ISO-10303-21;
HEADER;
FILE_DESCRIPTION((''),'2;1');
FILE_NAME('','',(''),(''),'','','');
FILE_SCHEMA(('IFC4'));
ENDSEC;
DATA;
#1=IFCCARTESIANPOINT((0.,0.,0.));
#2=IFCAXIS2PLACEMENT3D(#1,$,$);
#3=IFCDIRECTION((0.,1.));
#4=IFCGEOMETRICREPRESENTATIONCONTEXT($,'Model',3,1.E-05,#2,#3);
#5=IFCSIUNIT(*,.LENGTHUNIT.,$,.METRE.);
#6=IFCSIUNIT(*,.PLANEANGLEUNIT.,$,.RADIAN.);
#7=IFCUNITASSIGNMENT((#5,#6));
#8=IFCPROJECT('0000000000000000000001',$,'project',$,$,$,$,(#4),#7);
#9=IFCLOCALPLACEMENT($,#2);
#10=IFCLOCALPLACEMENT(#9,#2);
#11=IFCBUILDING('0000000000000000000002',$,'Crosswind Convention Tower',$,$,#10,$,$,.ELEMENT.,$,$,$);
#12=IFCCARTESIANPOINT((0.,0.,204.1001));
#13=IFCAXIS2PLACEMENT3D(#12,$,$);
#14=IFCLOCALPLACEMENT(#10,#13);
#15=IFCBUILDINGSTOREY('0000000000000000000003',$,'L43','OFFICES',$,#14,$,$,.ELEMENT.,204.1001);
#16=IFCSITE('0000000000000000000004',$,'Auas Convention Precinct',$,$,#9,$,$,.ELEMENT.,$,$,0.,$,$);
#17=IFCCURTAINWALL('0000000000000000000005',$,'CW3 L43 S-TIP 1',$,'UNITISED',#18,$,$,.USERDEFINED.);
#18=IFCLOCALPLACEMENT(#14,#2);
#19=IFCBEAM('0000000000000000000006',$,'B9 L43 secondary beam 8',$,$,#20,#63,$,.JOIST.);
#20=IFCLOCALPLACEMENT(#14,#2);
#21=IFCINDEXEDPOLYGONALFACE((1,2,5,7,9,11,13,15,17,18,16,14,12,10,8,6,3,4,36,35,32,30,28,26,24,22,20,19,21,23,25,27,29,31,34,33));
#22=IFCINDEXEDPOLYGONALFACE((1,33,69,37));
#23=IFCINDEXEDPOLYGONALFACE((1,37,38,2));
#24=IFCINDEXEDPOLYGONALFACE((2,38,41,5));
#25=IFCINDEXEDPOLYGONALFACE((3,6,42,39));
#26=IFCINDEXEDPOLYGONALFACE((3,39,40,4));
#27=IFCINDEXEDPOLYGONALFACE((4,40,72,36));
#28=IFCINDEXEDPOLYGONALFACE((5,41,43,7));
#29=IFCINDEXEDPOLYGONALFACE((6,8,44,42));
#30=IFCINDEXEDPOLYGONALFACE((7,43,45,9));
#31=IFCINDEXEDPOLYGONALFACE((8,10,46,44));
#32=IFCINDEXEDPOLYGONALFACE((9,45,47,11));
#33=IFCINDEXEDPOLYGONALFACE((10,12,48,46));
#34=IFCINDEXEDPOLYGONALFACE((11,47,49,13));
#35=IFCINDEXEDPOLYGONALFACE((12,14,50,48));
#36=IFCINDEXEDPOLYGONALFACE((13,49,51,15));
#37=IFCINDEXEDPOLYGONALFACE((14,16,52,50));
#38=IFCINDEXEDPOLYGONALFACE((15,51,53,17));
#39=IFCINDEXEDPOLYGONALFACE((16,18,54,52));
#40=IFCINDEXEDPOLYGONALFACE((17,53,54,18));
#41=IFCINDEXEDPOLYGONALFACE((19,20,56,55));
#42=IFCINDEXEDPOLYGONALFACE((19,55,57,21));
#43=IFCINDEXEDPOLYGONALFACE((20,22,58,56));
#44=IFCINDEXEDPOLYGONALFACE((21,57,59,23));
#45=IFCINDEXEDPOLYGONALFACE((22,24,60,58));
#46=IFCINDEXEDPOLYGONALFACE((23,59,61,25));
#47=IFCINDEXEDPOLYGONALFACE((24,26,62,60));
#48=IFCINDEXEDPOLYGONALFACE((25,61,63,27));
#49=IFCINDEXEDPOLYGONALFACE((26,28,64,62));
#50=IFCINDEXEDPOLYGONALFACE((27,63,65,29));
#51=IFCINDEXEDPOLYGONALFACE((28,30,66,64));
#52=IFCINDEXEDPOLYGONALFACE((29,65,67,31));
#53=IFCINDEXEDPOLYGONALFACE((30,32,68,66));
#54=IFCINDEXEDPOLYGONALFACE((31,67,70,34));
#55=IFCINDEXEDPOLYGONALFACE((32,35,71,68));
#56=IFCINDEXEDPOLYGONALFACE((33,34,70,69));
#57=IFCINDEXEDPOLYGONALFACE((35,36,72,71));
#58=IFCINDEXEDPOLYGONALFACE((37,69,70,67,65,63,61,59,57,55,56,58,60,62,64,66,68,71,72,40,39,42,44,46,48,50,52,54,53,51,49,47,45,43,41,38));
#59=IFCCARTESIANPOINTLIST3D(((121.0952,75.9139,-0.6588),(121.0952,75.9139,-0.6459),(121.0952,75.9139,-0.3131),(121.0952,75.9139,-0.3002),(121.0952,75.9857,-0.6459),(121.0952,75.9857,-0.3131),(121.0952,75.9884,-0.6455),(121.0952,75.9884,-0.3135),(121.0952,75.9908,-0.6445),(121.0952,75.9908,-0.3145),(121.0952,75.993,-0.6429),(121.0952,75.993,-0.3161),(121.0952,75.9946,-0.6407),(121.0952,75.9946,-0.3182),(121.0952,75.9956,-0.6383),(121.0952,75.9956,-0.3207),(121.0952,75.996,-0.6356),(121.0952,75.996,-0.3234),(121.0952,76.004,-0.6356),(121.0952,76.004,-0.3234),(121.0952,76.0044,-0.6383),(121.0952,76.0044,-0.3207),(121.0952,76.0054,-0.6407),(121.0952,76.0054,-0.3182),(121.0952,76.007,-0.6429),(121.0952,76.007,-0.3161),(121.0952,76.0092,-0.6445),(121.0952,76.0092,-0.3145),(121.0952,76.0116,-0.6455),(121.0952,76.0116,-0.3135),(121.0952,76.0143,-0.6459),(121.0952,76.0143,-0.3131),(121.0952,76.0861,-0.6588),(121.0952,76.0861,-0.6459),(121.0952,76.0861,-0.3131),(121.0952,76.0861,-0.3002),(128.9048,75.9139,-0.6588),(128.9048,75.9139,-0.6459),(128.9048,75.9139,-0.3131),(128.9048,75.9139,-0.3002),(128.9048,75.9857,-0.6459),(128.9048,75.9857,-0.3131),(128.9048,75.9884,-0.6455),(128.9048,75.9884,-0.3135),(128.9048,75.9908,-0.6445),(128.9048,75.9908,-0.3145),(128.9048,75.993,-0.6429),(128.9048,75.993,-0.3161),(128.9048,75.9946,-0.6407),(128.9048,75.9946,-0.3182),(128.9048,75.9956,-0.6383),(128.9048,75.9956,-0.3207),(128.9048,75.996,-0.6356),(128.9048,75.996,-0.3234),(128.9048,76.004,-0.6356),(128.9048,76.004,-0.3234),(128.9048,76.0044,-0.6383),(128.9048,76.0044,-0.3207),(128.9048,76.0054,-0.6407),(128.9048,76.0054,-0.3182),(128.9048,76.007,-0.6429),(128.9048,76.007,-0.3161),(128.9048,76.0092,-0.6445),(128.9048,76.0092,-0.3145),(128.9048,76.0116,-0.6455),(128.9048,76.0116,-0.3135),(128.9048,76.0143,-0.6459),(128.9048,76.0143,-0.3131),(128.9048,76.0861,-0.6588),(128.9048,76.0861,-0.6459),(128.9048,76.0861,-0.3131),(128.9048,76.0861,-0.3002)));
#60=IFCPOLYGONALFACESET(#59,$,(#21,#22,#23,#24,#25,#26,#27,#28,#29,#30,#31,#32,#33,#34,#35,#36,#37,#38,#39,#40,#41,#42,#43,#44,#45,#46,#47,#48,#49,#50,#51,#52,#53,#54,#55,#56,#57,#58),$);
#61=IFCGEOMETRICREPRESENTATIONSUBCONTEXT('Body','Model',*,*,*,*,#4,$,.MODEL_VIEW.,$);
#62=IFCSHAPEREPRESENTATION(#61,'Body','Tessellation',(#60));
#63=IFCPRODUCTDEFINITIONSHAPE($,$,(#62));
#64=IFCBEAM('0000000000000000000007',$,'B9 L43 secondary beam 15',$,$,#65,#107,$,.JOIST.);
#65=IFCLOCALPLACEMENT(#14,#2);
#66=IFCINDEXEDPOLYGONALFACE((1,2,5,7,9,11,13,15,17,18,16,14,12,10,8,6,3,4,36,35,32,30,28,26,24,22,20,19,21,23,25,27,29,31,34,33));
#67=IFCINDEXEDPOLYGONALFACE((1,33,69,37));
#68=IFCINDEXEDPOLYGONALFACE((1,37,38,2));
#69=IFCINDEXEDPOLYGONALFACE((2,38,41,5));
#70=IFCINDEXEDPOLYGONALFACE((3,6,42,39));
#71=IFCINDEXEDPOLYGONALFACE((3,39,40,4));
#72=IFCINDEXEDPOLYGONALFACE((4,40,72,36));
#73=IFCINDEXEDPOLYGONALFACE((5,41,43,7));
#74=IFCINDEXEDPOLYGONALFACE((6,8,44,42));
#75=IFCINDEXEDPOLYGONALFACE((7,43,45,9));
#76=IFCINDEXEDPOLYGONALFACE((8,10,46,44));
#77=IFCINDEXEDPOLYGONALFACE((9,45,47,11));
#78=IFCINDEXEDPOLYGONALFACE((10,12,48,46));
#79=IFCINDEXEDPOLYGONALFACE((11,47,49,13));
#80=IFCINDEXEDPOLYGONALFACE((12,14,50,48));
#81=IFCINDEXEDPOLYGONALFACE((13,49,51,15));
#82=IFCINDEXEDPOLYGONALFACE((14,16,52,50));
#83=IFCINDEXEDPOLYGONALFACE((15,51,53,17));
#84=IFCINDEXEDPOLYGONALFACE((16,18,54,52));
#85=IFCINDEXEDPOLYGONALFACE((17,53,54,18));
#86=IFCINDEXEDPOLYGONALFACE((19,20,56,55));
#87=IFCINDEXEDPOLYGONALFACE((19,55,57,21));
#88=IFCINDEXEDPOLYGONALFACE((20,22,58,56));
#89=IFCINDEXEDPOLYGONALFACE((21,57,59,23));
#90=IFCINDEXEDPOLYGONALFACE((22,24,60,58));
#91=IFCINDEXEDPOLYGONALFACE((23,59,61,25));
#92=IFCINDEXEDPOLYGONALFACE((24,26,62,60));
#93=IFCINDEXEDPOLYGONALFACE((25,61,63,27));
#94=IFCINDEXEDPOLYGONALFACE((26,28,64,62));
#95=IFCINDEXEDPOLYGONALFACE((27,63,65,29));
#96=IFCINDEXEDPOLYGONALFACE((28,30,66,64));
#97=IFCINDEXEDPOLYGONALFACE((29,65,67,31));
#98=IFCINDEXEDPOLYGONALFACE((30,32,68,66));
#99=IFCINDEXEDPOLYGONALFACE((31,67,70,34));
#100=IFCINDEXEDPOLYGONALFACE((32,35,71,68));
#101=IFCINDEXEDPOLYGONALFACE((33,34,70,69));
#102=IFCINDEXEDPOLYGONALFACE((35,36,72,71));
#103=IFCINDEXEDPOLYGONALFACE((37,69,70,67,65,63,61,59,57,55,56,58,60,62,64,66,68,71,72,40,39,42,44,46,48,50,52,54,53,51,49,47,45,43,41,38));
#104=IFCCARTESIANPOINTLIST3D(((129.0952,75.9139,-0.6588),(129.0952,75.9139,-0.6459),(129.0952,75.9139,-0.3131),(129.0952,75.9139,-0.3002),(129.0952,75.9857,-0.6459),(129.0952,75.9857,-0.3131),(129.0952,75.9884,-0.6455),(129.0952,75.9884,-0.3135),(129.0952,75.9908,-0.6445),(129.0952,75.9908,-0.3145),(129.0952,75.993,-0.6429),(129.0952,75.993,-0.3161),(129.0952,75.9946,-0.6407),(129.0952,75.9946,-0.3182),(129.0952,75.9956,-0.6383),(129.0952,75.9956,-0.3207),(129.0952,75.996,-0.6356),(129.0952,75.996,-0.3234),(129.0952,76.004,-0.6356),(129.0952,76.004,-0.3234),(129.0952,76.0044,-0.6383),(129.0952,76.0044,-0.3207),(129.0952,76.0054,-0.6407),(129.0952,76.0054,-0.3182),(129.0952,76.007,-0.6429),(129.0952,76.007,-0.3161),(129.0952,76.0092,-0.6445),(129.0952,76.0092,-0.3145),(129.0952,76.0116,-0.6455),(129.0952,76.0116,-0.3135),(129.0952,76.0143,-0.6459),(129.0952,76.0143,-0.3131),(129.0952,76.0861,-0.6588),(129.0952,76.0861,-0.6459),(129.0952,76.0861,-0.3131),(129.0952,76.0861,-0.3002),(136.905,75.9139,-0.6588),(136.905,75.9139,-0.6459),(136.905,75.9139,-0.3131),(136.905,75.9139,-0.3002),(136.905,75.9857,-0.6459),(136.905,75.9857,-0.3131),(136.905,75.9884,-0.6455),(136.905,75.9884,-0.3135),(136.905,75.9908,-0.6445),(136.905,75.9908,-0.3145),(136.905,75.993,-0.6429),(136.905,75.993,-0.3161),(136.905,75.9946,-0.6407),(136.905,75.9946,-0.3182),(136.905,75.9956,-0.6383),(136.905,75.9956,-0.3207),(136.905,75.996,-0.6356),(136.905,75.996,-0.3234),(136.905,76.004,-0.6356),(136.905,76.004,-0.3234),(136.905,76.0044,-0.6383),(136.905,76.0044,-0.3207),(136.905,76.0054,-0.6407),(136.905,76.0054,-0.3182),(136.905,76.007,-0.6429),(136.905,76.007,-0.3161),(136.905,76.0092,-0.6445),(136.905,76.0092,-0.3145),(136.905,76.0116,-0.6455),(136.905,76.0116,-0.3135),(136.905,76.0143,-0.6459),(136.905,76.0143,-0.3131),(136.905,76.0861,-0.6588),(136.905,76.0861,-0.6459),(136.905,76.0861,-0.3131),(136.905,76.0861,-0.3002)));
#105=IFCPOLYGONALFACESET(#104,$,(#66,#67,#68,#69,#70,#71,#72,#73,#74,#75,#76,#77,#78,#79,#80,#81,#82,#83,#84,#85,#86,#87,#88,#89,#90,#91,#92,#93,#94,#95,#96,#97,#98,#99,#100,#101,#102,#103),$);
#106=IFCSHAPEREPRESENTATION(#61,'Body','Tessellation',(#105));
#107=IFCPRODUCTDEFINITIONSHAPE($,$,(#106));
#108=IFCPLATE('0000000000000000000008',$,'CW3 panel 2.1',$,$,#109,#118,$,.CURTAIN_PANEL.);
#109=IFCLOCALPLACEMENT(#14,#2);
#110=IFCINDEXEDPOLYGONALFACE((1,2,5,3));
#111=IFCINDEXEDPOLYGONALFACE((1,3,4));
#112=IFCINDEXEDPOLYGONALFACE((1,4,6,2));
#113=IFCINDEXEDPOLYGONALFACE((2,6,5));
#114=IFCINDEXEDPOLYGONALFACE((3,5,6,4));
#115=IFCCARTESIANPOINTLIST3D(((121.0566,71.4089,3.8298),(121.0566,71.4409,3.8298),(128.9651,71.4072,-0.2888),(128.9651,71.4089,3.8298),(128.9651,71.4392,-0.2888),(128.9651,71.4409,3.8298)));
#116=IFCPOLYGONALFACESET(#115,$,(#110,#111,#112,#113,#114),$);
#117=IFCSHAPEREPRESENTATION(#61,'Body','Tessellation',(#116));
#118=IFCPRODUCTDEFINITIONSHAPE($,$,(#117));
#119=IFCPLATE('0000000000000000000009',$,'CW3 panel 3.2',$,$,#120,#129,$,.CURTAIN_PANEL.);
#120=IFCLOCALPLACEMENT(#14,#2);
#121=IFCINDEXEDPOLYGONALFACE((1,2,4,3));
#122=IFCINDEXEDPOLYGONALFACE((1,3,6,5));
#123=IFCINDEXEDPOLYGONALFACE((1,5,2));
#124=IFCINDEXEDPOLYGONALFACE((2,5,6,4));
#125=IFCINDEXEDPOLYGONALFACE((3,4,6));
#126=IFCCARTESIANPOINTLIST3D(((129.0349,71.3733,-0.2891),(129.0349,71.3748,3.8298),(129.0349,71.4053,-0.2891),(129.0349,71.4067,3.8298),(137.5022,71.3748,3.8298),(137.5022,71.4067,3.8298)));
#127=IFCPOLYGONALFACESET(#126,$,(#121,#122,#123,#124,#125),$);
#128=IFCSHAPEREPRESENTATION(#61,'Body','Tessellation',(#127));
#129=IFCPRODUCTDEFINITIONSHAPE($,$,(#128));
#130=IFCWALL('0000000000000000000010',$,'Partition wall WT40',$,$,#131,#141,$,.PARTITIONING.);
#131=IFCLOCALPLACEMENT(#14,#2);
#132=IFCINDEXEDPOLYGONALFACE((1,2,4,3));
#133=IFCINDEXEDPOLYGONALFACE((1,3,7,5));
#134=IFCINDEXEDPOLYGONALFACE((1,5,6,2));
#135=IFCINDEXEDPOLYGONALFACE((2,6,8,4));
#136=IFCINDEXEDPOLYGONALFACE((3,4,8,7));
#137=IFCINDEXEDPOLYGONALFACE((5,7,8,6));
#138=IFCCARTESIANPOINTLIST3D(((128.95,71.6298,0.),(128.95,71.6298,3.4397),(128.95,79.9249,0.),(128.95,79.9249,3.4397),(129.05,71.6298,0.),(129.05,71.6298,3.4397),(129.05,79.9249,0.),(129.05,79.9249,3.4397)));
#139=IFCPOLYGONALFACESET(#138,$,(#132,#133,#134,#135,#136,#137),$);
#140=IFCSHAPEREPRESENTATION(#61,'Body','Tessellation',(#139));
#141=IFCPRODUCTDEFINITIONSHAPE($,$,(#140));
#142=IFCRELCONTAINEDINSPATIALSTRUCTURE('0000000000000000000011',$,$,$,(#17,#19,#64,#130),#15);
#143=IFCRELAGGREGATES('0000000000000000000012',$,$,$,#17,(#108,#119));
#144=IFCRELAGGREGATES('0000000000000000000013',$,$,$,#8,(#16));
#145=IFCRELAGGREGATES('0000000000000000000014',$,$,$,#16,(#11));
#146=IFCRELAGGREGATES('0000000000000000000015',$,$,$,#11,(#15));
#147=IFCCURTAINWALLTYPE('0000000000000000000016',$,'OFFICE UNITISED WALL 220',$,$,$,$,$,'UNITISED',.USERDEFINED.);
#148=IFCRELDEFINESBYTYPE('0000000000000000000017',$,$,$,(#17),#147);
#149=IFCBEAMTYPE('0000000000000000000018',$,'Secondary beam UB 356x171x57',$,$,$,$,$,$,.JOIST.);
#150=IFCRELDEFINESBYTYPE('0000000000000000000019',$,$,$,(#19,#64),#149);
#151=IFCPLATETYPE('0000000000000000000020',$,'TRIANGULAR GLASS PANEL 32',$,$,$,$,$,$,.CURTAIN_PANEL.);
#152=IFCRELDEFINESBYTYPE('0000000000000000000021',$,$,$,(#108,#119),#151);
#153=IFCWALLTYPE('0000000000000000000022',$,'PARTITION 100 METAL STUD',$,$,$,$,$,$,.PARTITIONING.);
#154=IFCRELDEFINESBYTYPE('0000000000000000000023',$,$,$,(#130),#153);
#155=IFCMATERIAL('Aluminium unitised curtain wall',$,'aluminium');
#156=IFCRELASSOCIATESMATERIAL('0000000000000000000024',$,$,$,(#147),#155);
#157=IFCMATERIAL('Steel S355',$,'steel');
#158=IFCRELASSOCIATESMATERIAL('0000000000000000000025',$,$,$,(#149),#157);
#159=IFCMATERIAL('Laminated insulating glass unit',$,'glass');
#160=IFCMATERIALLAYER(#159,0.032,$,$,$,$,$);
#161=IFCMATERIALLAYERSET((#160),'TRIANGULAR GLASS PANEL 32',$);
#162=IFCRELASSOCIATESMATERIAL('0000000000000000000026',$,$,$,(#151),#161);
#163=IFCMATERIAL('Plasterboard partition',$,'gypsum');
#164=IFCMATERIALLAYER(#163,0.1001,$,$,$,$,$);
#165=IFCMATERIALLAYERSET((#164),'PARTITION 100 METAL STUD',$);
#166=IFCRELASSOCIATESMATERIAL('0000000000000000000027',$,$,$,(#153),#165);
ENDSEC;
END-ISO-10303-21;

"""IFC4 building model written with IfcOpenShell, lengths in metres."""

from ifc_helpers import new_model, si_unit, direction, frame, frame_2d, origin, origin_2d, place, context, subcontext, project, spatial, polyline, rectangle, i_section, outline, extrude, material, layer, layer_set, material_profile, profile_set, type_object, element, aggregate, save


model = new_model("IFC4")

# Units and contexts
model_context = context("Model", 3, precision=1e-05, world=origin(), true_north=direction((0.0, 1.0)))
body_context = subcontext(model_context, "Body", "Model", "MODEL_VIEW")
ifc_project = project(units=[si_unit("LENGTHUNIT", "METRE"), si_unit("PLANEANGLEUNIT", "RADIAN")], contexts=[model_context])

# Site, building, storey
site_placement = place(None, origin())
site = spatial("IfcSite", under=ifc_project, at=site_placement, Name="Auas Convention Precinct", CompositionType="ELEMENT", RefElevation=0.0)
building_placement = place(site_placement, origin())
building = spatial("IfcBuilding", under=site, at=building_placement, Name="Crosswind Convention Tower", CompositionType="ELEMENT")
storey_placement = place(building_placement, frame((0.0, 0.0, 204.1001)))
storey = spatial("IfcBuildingStorey", under=building, at=storey_placement, Name="L43", Description="OFFICES", CompositionType="ELEMENT", Elevation=204.1001)

# Shared definitions
ifc_material_1 = material(Name="Steel S355", Category="steel")

# Curtain wall
ifc_material_2 = material(Name="Aluminium unitised curtain wall", Category="aluminium")
curtain_wall_type = type_object("IfcCurtainWallType", Name="OFFICE UNITISED WALL 220", ElementType="UNITISED", PredefinedType="USERDEFINED", material=ifc_material_2)
curtain_wall_placement = place(storey_placement, origin())
curtain_wall = element("IfcCurtainWall", 1, at=curtain_wall_placement, inside=storey, type_object=curtain_wall_type, Name="CW3 L43 S-TIP 1", ObjectType="UNITISED", PredefinedType="USERDEFINED")

# Beams
ifc_material_profile_1 = material_profile(ifc_material_1, i_section(OverallWidth=0.1721, OverallDepth=0.3586, WebThickness=0.0081, FlangeThickness=0.0129, FilletRadius=0.0103, at=origin_2d()), Name="UB 356x171x57")
ifc_profile_set_1 = profile_set([ifc_material_profile_1], Name="Steel S355")
beam_type_1 = type_object("IfcBeamType", Name="Secondary beam UB 356x171x57", PredefinedType="JOIST", material=ifc_profile_set_1)
beam_1_placement = place(storey_placement, frame((121.0952, 76.0, -0.4795), z_axis=(1.0, 0.0, 0.0), x_axis=(0.0, 1.0, 0.0)))
element("IfcBeam", 2, at=beam_1_placement, inside=storey, type_object=beam_type_1, Name="B9 L43 secondary beam 8", PredefinedType="JOIST", context=body_context, shape_type="SweptSolid", body=[
    extrude(i_section(OverallWidth=0.1721, OverallDepth=0.3586, WebThickness=0.0081, FlangeThickness=0.0129, FilletRadius=0.0103, at=origin_2d()), origin(), (0.0, 0.0, 1.0), 7.8096),
])
beam_2_placement = place(storey_placement, frame((129.0952, 76.0, -0.4795), z_axis=(1.0, 0.0, 0.0), x_axis=(0.0, 1.0, 0.0)))
element("IfcBeam", 3, at=beam_2_placement, inside=storey, type_object=beam_type_1, Name="B9 L43 secondary beam 15", PredefinedType="JOIST", context=body_context, shape_type="SweptSolid", body=[
    extrude(i_section(OverallWidth=0.1721, OverallDepth=0.3586, WebThickness=0.0081, FlangeThickness=0.0129, FilletRadius=0.0103, at=origin_2d()), origin(), (0.0, 0.0, 1.0), 7.8098),
])

# Plates
ifc_material_3 = material(Name="Laminated insulating glass unit", Category="glass")
ifc_layer_1 = layer(ifc_material_3, 0.032)
ifc_layer_set_1 = layer_set([ifc_layer_1], Name="TRIANGULAR GLASS PANEL 32")
plate_type = type_object("IfcPlateType", Name="TRIANGULAR GLASS PANEL 32", PredefinedType="CURTAIN_PANEL", material=ifc_layer_set_1)
plate_1_placement = place(storey_placement, frame((128.9651, 71.4089, 3.8298), z_axis=(0.0, -1.0, 0.000415), x_axis=(-1.0, 0.0, 0.0)))
plate_1 = element("IfcPlate", 4, at=plate_1_placement, type_object=plate_type, Name="CW3 panel 2.1", PredefinedType="CURTAIN_PANEL", context=body_context, shape_type="SweptSolid", body=[
    extrude(outline(polyline([(0.0, 0.0), (7.9084, 0.0), (0.0, 4.1187), (0.0, 0.0)])), origin(), (0.0, 0.0, -1.0), 0.032),
])
plate_2_placement = place(storey_placement, frame((129.0349, 71.3748, 3.8298), z_axis=(0.0, -1.0, 0.000356), x_axis=(0.0, -0.000356, -1.0)))
plate_2 = element("IfcPlate", 5, at=plate_2_placement, type_object=plate_type, Name="CW3 panel 3.2", PredefinedType="CURTAIN_PANEL", context=body_context, shape_type="SweptSolid", body=[
    extrude(outline(polyline([(0.0, 0.0), (4.1189, 0.0), (0.0, 8.4673), (0.0, 0.0)])), origin(), (0.0, 0.0, -1.0), 0.032),
])
aggregate(curtain_wall, [plate_1, plate_2])

# Wall
ifc_material_4 = material(Name="Plasterboard partition", Category="gypsum")
ifc_layer_2 = layer(ifc_material_4, 0.1001)
ifc_layer_set_2 = layer_set([ifc_layer_2], Name="PARTITION 100 METAL STUD")
wall_type_1 = type_object("IfcWallType", Name="PARTITION 100 METAL STUD", PredefinedType="PARTITIONING", material=ifc_layer_set_2)
wall_1_placement = place(storey_placement, frame((129.0, 71.6299, 0.0), z_axis=(0.0, 0.0, 1.0), x_axis=(0.0, 1.0, 0.0)))
element("IfcWall", 6, at=wall_1_placement, inside=storey, type_object=wall_type_1, Name="Partition wall WT40", PredefinedType="PARTITIONING", context=body_context, shape_type="SweptSolid", body=[
    extrude(rectangle(XDim=8.2952, YDim=0.1001, at=frame_2d((4.1475, 0.0))), origin(), (0.0, 0.0, 1.0), 3.4397),
])

save(model, "model.ifc")
